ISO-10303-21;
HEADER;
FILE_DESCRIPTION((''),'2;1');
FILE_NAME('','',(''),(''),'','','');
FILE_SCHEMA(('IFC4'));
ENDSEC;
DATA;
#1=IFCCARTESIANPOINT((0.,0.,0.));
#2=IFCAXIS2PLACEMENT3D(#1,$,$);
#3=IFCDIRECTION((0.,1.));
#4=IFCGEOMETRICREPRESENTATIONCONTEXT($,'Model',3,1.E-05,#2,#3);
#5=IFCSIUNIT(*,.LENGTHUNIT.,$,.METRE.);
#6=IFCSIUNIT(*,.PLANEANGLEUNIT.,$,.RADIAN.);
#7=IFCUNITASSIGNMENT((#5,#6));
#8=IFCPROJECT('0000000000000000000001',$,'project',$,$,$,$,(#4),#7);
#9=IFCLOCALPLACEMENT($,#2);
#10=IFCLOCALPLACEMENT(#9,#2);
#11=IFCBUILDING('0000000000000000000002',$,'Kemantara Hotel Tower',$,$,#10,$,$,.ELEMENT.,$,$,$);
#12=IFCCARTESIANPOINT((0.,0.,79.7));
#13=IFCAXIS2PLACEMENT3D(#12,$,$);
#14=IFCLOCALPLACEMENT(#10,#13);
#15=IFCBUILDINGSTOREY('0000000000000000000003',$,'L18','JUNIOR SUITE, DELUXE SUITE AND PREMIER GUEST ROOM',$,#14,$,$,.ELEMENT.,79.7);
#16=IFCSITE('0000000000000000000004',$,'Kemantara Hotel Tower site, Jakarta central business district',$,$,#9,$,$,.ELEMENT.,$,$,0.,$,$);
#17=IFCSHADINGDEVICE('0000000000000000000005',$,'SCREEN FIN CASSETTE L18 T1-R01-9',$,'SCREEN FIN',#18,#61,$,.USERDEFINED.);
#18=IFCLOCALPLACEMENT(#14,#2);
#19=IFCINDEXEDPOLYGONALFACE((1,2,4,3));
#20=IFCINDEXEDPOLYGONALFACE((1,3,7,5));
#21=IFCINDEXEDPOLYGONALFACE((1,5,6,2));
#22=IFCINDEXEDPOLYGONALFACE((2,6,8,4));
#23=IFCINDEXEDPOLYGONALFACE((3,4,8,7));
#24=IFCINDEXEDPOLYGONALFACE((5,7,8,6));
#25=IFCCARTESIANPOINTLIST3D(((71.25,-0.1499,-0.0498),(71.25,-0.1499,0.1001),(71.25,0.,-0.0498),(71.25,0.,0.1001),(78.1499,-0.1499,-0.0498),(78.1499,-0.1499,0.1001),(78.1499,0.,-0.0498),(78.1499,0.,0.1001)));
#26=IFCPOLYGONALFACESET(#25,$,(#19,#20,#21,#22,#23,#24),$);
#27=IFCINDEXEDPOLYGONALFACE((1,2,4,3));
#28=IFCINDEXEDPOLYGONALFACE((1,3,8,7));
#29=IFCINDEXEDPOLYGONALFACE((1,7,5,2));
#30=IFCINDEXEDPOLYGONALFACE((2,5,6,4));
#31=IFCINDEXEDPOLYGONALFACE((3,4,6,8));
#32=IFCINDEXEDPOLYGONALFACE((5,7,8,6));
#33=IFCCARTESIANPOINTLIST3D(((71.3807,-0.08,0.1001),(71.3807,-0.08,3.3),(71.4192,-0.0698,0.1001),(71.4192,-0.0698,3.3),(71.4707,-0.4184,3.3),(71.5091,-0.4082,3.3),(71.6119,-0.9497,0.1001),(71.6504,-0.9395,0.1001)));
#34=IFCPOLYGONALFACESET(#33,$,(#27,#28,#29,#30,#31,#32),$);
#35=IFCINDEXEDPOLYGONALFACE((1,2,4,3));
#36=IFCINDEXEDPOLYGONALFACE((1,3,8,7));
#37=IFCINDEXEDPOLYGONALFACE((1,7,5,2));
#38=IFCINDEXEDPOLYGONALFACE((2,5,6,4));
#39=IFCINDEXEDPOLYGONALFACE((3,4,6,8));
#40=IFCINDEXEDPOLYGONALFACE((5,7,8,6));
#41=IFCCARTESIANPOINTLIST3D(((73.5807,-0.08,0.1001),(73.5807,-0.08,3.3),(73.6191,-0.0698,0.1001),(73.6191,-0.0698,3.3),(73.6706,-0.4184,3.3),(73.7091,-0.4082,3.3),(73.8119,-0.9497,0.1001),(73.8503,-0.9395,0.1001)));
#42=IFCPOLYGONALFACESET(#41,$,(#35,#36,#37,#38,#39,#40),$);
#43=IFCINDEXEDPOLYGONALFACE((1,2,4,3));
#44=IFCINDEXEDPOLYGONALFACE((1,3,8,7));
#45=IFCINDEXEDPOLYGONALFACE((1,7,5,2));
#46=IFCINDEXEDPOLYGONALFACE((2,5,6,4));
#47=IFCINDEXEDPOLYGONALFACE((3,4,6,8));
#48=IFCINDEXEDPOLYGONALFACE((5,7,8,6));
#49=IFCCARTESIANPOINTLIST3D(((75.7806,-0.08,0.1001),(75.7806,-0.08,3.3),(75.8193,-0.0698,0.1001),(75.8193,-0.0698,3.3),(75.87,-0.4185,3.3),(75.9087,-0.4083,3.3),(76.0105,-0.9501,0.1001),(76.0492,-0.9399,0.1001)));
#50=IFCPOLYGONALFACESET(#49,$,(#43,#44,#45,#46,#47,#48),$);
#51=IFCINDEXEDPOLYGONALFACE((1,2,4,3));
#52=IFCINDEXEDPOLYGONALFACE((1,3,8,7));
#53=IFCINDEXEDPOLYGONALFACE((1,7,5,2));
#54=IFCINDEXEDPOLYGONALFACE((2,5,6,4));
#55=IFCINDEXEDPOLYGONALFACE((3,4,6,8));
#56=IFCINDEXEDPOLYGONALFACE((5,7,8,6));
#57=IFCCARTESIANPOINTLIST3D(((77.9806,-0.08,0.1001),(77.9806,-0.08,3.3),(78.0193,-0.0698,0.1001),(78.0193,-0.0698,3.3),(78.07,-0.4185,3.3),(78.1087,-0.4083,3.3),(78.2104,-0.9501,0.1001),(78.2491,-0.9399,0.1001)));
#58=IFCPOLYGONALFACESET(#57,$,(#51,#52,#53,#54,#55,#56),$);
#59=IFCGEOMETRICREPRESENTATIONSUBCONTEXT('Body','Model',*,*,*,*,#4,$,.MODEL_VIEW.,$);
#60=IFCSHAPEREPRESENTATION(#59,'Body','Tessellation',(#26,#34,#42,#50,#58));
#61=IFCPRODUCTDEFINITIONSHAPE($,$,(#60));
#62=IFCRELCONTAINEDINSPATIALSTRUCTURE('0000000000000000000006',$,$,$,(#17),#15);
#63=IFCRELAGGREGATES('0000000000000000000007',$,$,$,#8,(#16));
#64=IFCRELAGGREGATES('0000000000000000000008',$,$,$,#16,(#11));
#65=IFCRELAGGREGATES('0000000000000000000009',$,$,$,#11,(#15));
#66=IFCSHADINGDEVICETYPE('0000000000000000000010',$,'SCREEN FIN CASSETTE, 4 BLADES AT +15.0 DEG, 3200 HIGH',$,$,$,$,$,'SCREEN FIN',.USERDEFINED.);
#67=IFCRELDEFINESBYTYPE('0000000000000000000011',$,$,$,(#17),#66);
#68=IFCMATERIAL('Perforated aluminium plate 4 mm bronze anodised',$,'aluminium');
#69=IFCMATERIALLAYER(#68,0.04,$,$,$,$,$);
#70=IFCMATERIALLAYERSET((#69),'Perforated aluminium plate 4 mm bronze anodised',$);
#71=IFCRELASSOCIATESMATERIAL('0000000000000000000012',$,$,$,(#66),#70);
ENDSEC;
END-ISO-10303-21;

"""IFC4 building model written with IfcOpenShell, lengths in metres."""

from ifc_helpers import new_model, si_unit, direction, frame, origin, origin_2d, place, context, subcontext, project, spatial, polyline, rectangle, outline, extrude, source, transform, mapped, material, layer, layer_set, type_object, element, save


model = new_model("IFC4")

# Units and contexts
model_context = context("Model", 3, precision=1e-05, world=origin(), true_north=direction((0.0, 1.0)))
body_context = subcontext(model_context, "Body", "Model", "MODEL_VIEW")
ifc_project = project(units=[si_unit("LENGTHUNIT", "METRE"), si_unit("PLANEANGLEUNIT", "RADIAN")], contexts=[model_context])

# Site, building, storey
site_placement = place(None, origin())
site = spatial("IfcSite", under=ifc_project, at=site_placement, Name="Kemantara Hotel Tower site, Jakarta central business district", CompositionType="ELEMENT", RefElevation=0.0)
building_placement = place(site_placement, origin())
building = spatial("IfcBuilding", under=site, at=building_placement, Name="Kemantara Hotel Tower", CompositionType="ELEMENT")
storey_placement = place(building_placement, frame((0.0, 0.0, 79.7)))
storey = spatial("IfcBuildingStorey", under=building, at=storey_placement, Name="L18", Description="JUNIOR SUITE, DELUXE SUITE AND PREMIER GUEST ROOM", CompositionType="ELEMENT", Elevation=79.7)

# Shading device
ifc_material_1 = material(Name="Perforated aluminium plate 4 mm bronze anodised", Category="aluminium")
ifc_layer_1 = layer(ifc_material_1, 0.04)
ifc_layer_set_1 = layer_set([ifc_layer_1], Name="Perforated aluminium plate 4 mm bronze anodised")
shading_device_type_1 = type_object("IfcShadingDeviceType", Name="SCREEN FIN CASSETTE, 4 BLADES AT +15.0 DEG, 3200 HIGH", ElementType="SCREEN FIN", PredefinedType="USERDEFINED", material=ifc_layer_set_1)
shared_shape_1 = source(origin(), body_context, "Body", "SweptSolid", [
    extrude(rectangle(XDim=6.8999, YDim=0.1499, at=origin_2d()), frame((3.3, -0.075, -0.1499), z_axis=(0.0, 0.0, 1.0), x_axis=(1.0, 0.0, 0.0)), (0.0, 0.0, 1.0), 0.1499),
    extrude(outline(polyline([(0.0, 0.0), (0.8999, 0.0), (0.3501, 3.2), (0.0, 3.2), (0.0, 0.0)])), frame((0.0193, -0.0698, 0.0), z_axis=(-0.966438, -0.256901, 0.0), x_axis=(0.256901, -0.966438, 0.0)), (0.0, 0.0, 1.0), 0.0398),
    extrude(outline(polyline([(0.0, 0.0), (0.8999, 0.0), (0.3501, 3.2), (0.0, 3.2), (0.0, 0.0)])), frame((2.2192, -0.0698, 0.0), z_axis=(-0.966438, -0.256901, 0.0), x_axis=(0.256901, -0.966438, 0.0)), (0.0, 0.0, 1.0), 0.0398),
    extrude(outline(polyline([(0.0, 0.0), (0.8999, 0.0), (0.3501, 3.2), (0.0, 3.2), (0.0, 0.0)])), frame((4.4194, -0.0698, 0.0), z_axis=(-0.966838, -0.255391, 0.0), x_axis=(0.255391, -0.966838, 0.0)), (0.0, 0.0, 1.0), 0.04),
    extrude(outline(polyline([(0.0, 0.0), (0.8999, 0.0), (0.3501, 3.2), (0.0, 3.2), (0.0, 0.0)])), frame((6.6194, -0.0698, 0.0), z_axis=(-0.966838, -0.255391, 0.0), x_axis=(0.255391, -0.966838, 0.0)), (0.0, 0.0, 1.0), 0.04),
])
shading_device_1_placement = place(storey_placement, frame((71.3999, 0.0, 0.1001), z_axis=(0.0, 0.0, 1.0), x_axis=(1.0, 0.0, 0.0)))
element("IfcShadingDevice", 1, at=shading_device_1_placement, inside=storey, type_object=shading_device_type_1, Name="SCREEN FIN CASSETTE L18 T1-R01-9", ObjectType="SCREEN FIN", PredefinedType="USERDEFINED", context=body_context, shape_type="MappedRepresentation", body=[
    mapped(shared_shape_1, transform((0.0, 0.0, 0.0))),
])

save(model, "model.ifc")
